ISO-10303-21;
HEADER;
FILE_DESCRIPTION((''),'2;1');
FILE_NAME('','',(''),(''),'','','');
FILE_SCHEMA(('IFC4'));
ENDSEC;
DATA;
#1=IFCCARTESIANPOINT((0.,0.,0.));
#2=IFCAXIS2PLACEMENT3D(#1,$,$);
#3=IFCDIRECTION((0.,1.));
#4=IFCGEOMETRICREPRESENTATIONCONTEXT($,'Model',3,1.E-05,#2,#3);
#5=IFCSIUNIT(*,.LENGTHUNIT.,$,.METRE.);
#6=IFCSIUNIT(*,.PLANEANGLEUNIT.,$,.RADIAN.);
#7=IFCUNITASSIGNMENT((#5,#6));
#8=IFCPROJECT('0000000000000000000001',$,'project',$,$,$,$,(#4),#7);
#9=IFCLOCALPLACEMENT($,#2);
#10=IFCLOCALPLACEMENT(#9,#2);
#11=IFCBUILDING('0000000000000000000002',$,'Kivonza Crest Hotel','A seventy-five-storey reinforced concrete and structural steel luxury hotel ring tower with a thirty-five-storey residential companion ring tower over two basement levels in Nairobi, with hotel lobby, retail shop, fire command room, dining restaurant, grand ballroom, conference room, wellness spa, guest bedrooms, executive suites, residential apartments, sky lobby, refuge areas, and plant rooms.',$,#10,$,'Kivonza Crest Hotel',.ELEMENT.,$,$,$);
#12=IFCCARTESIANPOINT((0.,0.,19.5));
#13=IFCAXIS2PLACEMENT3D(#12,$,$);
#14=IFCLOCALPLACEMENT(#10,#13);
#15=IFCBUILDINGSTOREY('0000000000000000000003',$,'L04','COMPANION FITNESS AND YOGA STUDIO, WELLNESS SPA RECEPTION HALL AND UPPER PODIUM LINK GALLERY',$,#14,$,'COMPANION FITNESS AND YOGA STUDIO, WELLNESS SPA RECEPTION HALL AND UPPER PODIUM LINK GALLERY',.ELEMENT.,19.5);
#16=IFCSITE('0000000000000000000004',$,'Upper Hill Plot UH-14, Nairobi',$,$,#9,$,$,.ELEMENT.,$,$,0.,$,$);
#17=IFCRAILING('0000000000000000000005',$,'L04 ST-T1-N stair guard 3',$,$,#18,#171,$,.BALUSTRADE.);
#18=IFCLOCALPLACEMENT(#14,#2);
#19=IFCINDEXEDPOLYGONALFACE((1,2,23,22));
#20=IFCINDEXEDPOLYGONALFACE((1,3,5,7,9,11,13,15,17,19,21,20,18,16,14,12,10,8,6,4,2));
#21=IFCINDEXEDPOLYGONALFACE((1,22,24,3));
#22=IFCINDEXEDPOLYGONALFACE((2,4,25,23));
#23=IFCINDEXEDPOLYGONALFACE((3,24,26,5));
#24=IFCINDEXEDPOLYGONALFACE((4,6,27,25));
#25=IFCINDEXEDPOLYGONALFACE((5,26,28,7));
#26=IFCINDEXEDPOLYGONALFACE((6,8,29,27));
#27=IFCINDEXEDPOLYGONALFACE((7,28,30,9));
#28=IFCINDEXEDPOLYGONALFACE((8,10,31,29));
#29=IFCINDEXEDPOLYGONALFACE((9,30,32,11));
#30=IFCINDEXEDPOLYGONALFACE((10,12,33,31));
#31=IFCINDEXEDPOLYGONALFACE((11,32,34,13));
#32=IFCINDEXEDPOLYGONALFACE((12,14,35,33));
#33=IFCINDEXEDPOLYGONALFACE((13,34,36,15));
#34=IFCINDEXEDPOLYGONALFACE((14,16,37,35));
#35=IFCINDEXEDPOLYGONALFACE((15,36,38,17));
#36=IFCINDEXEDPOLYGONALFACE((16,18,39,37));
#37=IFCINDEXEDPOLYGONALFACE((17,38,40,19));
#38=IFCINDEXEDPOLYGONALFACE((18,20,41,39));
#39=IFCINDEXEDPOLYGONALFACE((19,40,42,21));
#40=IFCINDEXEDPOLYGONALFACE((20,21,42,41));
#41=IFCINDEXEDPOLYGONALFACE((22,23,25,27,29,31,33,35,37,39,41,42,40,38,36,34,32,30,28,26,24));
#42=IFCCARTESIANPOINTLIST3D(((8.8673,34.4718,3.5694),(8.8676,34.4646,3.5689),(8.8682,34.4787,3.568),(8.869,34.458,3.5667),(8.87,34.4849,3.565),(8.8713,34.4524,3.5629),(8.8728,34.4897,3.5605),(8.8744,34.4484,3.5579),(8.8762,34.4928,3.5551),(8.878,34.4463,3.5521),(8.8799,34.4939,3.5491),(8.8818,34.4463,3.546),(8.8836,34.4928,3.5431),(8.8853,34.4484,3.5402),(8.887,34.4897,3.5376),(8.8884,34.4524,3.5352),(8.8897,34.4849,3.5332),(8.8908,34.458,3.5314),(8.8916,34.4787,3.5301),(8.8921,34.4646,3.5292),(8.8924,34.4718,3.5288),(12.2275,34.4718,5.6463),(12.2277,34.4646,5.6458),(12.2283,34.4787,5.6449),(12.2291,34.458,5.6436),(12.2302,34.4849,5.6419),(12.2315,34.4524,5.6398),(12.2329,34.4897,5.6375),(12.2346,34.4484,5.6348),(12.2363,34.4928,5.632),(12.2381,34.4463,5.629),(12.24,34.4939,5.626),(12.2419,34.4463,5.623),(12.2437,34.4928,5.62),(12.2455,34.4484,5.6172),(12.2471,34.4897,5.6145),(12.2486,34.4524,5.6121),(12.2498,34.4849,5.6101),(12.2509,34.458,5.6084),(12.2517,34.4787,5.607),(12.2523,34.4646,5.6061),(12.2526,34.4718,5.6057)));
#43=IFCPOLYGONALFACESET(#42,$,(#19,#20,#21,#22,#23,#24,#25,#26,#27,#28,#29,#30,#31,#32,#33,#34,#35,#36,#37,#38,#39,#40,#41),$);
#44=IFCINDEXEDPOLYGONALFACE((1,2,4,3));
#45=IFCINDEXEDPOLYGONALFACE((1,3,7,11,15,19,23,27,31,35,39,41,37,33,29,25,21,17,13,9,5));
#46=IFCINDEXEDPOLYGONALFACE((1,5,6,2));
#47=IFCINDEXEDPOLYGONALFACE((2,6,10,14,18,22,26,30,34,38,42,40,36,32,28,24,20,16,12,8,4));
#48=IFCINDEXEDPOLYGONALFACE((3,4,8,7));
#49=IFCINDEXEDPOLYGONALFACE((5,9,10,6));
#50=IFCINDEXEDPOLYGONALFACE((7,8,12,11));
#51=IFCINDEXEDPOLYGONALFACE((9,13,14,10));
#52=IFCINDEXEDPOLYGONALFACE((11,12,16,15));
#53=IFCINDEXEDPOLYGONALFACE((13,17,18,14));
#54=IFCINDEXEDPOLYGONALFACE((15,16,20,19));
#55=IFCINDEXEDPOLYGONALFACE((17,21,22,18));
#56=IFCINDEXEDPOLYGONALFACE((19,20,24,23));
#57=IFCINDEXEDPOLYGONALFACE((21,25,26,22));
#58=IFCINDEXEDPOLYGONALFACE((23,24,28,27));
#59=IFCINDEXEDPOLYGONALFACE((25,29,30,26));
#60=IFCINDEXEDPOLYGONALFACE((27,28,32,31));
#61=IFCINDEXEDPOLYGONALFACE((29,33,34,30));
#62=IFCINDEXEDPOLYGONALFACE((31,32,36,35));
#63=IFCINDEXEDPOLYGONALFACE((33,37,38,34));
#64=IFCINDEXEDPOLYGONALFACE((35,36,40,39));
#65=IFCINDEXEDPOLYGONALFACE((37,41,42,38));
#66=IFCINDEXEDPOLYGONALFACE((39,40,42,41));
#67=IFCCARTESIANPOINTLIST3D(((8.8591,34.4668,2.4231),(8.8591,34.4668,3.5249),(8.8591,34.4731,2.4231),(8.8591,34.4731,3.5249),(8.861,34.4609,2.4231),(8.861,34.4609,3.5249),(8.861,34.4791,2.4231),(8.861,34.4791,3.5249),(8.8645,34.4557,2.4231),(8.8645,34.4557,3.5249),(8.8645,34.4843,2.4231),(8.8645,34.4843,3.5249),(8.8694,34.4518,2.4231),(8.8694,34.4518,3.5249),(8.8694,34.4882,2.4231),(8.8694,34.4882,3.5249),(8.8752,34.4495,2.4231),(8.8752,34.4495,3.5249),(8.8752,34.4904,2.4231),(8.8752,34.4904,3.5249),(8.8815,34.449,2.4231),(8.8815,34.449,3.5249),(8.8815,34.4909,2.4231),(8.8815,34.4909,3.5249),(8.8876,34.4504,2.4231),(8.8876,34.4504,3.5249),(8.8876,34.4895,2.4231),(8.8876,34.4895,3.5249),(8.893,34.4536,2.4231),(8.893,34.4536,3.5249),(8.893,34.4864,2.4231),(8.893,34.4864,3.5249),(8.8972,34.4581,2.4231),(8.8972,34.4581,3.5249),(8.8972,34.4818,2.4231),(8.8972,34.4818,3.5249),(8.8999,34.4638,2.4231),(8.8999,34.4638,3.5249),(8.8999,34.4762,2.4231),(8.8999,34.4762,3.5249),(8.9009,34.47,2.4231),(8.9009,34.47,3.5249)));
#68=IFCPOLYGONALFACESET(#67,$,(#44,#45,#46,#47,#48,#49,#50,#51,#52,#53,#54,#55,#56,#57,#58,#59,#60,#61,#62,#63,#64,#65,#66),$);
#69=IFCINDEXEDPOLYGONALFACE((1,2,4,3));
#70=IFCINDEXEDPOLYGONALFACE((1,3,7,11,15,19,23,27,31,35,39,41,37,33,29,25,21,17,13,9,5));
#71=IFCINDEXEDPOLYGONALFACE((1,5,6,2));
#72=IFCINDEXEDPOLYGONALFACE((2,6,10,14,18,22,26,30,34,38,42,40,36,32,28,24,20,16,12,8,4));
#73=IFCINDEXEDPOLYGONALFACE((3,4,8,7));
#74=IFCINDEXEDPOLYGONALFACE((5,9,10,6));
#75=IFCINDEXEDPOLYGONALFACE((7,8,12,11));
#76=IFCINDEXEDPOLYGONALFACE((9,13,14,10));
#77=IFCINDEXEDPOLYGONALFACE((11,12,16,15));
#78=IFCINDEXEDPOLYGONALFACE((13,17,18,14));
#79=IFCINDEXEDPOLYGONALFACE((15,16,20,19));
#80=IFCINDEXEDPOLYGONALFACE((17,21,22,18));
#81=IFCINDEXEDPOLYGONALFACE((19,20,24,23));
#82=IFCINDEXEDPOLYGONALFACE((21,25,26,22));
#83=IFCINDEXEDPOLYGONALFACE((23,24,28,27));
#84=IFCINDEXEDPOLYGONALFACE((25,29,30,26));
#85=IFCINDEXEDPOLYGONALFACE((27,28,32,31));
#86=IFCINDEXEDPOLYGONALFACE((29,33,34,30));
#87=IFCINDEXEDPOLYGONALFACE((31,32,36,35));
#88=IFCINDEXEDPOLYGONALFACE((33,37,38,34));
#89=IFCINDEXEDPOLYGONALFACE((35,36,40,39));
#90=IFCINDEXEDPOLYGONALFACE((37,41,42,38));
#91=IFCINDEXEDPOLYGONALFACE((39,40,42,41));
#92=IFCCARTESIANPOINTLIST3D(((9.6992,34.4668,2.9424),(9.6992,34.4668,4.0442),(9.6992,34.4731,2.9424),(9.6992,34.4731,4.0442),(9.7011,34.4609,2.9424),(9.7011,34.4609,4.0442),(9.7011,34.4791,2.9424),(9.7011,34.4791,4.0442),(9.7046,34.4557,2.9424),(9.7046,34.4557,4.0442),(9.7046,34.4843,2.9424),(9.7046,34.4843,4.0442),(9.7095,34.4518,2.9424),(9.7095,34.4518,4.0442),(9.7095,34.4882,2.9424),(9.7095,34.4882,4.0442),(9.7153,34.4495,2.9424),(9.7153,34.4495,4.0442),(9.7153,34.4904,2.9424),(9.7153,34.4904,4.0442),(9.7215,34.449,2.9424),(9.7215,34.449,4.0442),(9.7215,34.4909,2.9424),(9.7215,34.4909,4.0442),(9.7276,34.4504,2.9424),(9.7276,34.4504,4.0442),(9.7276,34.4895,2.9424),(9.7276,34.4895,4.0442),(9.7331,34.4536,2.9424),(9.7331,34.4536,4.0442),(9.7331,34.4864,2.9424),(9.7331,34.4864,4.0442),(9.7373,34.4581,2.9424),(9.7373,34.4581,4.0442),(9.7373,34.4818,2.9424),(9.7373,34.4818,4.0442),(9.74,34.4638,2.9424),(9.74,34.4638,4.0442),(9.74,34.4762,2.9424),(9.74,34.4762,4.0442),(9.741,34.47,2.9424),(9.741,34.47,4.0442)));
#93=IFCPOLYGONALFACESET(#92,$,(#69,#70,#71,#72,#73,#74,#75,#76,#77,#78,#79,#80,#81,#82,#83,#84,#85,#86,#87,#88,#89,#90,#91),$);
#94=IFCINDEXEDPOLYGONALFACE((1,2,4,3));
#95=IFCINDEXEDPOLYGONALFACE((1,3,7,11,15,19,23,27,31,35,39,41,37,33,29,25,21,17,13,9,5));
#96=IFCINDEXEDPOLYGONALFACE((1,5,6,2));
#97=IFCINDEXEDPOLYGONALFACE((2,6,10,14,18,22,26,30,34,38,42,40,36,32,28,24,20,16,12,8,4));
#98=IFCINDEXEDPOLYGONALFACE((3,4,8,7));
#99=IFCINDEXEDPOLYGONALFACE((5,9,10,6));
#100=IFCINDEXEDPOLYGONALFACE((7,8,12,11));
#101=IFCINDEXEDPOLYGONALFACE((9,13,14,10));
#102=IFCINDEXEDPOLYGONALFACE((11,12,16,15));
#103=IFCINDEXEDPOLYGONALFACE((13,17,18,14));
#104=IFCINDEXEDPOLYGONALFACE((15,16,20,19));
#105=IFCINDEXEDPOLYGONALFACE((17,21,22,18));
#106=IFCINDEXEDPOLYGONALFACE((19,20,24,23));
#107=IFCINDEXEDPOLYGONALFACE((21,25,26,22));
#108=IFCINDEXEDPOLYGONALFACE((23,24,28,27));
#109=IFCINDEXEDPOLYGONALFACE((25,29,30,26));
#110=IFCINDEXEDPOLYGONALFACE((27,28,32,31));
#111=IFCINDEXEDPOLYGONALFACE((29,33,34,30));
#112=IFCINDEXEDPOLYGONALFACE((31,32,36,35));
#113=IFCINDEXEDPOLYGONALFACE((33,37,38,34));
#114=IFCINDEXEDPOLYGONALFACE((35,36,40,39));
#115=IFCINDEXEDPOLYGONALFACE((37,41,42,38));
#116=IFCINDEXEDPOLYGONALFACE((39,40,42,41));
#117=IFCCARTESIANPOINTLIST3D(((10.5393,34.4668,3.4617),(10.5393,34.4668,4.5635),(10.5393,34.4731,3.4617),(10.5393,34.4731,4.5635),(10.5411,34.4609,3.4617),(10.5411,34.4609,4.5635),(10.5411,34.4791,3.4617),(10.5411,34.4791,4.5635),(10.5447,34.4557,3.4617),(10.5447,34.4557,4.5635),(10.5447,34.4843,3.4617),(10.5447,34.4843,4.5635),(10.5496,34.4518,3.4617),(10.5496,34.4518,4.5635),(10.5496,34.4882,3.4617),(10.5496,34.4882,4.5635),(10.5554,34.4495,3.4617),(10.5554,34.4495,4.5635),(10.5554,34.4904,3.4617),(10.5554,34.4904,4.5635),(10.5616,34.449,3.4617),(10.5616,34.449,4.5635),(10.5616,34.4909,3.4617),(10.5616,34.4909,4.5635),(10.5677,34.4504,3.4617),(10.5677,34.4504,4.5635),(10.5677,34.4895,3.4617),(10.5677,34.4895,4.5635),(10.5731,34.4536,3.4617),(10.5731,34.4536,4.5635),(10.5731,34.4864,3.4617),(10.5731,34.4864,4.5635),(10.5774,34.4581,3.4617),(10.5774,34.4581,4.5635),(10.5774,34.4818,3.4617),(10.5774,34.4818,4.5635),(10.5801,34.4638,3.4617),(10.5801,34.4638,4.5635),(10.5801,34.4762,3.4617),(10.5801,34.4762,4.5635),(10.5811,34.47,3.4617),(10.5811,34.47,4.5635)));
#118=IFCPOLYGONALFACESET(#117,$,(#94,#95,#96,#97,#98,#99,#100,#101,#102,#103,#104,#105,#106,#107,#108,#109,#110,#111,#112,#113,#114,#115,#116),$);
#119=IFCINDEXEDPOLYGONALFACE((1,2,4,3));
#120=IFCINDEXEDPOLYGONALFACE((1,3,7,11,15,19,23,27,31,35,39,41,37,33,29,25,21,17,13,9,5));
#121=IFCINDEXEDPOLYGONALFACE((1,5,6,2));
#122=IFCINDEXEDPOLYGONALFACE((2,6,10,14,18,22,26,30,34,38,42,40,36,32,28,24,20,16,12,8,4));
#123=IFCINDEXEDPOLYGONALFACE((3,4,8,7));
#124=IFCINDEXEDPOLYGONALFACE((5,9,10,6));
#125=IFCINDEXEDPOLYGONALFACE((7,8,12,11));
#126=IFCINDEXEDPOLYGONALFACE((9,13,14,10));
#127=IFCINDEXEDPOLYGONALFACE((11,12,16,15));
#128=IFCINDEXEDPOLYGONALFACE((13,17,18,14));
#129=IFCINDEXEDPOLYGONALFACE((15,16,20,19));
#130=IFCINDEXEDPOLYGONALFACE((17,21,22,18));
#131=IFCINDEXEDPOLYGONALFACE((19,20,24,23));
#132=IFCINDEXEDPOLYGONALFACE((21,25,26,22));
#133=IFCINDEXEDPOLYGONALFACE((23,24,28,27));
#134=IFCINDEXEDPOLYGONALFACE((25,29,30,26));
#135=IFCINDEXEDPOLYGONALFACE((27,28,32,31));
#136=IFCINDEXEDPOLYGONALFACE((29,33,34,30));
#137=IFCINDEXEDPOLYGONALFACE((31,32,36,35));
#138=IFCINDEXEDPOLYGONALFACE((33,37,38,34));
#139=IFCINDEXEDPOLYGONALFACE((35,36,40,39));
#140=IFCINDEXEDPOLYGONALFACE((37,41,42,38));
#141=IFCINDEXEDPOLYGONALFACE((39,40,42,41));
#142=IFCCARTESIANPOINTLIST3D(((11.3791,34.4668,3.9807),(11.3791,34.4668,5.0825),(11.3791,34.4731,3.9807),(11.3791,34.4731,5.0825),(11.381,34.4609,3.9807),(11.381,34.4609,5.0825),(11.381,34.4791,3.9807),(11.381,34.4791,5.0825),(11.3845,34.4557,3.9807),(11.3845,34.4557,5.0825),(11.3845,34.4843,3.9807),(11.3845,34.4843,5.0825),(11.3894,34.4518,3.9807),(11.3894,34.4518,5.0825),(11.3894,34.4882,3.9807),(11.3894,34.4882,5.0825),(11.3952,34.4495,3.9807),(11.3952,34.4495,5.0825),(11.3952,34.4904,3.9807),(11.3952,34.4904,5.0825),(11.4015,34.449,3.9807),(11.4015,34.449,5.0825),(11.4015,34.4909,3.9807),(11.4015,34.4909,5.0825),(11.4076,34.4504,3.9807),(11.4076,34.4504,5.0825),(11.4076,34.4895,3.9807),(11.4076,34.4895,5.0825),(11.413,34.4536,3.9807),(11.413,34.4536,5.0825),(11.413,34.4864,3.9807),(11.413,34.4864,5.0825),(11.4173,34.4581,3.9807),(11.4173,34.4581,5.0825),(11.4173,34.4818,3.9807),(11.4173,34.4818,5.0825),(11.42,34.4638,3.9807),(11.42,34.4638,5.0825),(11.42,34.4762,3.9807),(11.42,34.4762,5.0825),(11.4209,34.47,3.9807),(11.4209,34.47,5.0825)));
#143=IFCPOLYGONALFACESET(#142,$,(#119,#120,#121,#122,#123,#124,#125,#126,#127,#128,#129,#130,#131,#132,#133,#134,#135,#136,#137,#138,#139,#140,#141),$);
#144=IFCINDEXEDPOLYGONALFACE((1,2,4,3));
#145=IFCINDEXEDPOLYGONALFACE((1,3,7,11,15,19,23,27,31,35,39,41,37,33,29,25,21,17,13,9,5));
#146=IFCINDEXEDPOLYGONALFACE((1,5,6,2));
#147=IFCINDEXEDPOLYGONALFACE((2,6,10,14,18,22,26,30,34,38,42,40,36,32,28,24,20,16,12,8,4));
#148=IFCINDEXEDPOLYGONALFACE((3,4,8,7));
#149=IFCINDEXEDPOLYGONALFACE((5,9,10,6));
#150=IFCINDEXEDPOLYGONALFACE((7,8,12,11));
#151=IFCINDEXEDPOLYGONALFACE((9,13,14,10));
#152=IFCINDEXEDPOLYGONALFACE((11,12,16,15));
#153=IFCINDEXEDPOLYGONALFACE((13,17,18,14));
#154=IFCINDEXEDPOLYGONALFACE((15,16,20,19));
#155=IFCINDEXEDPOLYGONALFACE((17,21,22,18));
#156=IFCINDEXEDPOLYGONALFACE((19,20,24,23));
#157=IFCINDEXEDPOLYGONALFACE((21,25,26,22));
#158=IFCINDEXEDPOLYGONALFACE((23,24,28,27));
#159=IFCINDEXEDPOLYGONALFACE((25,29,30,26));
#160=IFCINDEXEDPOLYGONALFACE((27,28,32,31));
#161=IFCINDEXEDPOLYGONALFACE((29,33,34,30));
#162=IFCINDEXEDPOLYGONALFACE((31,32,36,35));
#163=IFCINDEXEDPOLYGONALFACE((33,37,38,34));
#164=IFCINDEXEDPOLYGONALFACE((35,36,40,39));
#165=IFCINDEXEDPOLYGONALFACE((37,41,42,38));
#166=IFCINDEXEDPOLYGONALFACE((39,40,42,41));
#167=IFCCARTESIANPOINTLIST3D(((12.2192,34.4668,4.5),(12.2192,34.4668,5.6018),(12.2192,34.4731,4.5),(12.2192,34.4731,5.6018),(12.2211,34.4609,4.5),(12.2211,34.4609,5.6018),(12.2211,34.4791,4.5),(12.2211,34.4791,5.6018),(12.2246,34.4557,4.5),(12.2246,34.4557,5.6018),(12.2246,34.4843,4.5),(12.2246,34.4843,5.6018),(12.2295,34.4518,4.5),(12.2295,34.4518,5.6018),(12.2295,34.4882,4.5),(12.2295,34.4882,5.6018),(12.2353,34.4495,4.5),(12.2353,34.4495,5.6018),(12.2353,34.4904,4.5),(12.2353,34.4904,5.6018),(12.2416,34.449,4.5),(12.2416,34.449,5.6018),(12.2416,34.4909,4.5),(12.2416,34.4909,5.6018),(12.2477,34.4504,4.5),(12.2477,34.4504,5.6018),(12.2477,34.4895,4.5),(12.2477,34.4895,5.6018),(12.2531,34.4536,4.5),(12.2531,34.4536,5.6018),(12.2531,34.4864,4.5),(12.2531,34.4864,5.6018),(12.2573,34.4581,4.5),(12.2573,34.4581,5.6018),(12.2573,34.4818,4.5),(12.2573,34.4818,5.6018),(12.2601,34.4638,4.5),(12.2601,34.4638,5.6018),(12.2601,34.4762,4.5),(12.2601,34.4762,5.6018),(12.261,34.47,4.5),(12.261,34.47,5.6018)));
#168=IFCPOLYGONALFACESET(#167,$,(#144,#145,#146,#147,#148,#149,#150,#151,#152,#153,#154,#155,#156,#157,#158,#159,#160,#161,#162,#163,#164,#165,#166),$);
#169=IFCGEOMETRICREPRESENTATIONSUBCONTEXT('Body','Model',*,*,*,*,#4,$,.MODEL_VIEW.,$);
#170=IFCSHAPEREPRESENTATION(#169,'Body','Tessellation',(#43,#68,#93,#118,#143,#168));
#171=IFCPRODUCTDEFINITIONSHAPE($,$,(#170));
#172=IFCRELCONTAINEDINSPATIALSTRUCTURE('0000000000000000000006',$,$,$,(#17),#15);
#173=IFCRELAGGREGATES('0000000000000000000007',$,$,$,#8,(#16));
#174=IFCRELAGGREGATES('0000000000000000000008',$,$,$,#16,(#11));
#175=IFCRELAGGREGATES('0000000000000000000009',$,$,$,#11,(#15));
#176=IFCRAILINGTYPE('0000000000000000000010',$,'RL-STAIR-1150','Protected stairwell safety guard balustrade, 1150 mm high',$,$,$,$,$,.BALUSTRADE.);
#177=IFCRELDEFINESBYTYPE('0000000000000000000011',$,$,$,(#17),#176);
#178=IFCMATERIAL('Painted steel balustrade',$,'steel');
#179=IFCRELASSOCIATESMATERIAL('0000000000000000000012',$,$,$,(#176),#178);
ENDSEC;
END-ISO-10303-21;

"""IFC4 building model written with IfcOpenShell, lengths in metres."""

from ifc_helpers import new_model, si_unit, direction, frame, origin, origin_2d, place, context, subcontext, project, spatial, circle, extrude, material, type_object, element, save


model = new_model("IFC4")

# Units and contexts
model_context = context("Model", 3, precision=1e-05, world=origin(), true_north=direction((0.0, 1.0)))
body_context = subcontext(model_context, "Body", "Model", "MODEL_VIEW")
ifc_project = project(units=[si_unit("LENGTHUNIT", "METRE"), si_unit("PLANEANGLEUNIT", "RADIAN")], contexts=[model_context])

# Site, building, storey
site_placement = place(None, origin())
site = spatial("IfcSite", under=ifc_project, at=site_placement, Name="Upper Hill Plot UH-14, Nairobi", CompositionType="ELEMENT", RefElevation=0.0)
building_placement = place(site_placement, origin())
building = spatial("IfcBuilding", under=site, at=building_placement, Name="Kivonza Crest Hotel", Description="A seventy-five-storey reinforced concrete and structural steel luxury hotel ring tower with a thirty-five-storey residential companion ring tower over two basement levels in Nairobi, with hotel lobby, retail shop, fire command room, dining restaurant, grand ballroom, conference room, wellness spa, guest bedrooms, executive suites, residential apartments, sky lobby, refuge areas, and plant rooms.", LongName="Kivonza Crest Hotel", CompositionType="ELEMENT")
storey_placement = place(building_placement, frame((0.0, 0.0, 19.5)))
storey = spatial("IfcBuildingStorey", under=building, at=storey_placement, Name="L04", Description="COMPANION FITNESS AND YOGA STUDIO, WELLNESS SPA RECEPTION HALL AND UPPER PODIUM LINK GALLERY", LongName="COMPANION FITNESS AND YOGA STUDIO, WELLNESS SPA RECEPTION HALL AND UPPER PODIUM LINK GALLERY", CompositionType="ELEMENT", Elevation=19.5)

# Railing
ifc_material_1 = material(Name="Painted steel balustrade", Category="steel")
railing_type_1 = type_object("IfcRailingType", Name="RL-STAIR-1150", Description="Protected stairwell safety guard balustrade, 1150 mm high", PredefinedType="BALUSTRADE", material=ifc_material_1)
railing_1_placement = place(storey_placement, frame((8.8799, 34.47, 2.4231)))
element("IfcRailing", 1, at=railing_1_placement, inside=storey, type_object=railing_type_1, Name="L04 ST-T1-N stair guard 3", PredefinedType="BALUSTRADE", context=body_context, shape_type="SweptSolid", body=[
    extrude(circle(Radius=0.0239, at=origin_2d()), frame((0.0, 0.0, 1.126), z_axis=(0.850623, 0.0, 0.525776), x_axis=(0.0, 1.0, 0.0)), (0.0, 0.0, 1.0), 3.9502),
    extrude(circle(Radius=0.021, at=origin_2d()), origin(), (0.0, 0.0, 1.0), 1.1018),
    extrude(circle(Radius=0.021, at=origin_2d()), frame((0.8401, 0.0, 0.5193)), (0.0, 0.0, 1.0), 1.1018),
    extrude(circle(Radius=0.021, at=origin_2d()), frame((1.6802, 0.0, 1.0386)), (0.0, 0.0, 1.0), 1.1018),
    extrude(circle(Radius=0.021, at=origin_2d()), frame((2.52, 0.0, 1.5576)), (0.0, 0.0, 1.0), 1.1018),
    extrude(circle(Radius=0.021, at=origin_2d()), frame((3.3601, 0.0, 2.0769)), (0.0, 0.0, 1.0), 1.1018),
])

save(model, "model.ifc")
